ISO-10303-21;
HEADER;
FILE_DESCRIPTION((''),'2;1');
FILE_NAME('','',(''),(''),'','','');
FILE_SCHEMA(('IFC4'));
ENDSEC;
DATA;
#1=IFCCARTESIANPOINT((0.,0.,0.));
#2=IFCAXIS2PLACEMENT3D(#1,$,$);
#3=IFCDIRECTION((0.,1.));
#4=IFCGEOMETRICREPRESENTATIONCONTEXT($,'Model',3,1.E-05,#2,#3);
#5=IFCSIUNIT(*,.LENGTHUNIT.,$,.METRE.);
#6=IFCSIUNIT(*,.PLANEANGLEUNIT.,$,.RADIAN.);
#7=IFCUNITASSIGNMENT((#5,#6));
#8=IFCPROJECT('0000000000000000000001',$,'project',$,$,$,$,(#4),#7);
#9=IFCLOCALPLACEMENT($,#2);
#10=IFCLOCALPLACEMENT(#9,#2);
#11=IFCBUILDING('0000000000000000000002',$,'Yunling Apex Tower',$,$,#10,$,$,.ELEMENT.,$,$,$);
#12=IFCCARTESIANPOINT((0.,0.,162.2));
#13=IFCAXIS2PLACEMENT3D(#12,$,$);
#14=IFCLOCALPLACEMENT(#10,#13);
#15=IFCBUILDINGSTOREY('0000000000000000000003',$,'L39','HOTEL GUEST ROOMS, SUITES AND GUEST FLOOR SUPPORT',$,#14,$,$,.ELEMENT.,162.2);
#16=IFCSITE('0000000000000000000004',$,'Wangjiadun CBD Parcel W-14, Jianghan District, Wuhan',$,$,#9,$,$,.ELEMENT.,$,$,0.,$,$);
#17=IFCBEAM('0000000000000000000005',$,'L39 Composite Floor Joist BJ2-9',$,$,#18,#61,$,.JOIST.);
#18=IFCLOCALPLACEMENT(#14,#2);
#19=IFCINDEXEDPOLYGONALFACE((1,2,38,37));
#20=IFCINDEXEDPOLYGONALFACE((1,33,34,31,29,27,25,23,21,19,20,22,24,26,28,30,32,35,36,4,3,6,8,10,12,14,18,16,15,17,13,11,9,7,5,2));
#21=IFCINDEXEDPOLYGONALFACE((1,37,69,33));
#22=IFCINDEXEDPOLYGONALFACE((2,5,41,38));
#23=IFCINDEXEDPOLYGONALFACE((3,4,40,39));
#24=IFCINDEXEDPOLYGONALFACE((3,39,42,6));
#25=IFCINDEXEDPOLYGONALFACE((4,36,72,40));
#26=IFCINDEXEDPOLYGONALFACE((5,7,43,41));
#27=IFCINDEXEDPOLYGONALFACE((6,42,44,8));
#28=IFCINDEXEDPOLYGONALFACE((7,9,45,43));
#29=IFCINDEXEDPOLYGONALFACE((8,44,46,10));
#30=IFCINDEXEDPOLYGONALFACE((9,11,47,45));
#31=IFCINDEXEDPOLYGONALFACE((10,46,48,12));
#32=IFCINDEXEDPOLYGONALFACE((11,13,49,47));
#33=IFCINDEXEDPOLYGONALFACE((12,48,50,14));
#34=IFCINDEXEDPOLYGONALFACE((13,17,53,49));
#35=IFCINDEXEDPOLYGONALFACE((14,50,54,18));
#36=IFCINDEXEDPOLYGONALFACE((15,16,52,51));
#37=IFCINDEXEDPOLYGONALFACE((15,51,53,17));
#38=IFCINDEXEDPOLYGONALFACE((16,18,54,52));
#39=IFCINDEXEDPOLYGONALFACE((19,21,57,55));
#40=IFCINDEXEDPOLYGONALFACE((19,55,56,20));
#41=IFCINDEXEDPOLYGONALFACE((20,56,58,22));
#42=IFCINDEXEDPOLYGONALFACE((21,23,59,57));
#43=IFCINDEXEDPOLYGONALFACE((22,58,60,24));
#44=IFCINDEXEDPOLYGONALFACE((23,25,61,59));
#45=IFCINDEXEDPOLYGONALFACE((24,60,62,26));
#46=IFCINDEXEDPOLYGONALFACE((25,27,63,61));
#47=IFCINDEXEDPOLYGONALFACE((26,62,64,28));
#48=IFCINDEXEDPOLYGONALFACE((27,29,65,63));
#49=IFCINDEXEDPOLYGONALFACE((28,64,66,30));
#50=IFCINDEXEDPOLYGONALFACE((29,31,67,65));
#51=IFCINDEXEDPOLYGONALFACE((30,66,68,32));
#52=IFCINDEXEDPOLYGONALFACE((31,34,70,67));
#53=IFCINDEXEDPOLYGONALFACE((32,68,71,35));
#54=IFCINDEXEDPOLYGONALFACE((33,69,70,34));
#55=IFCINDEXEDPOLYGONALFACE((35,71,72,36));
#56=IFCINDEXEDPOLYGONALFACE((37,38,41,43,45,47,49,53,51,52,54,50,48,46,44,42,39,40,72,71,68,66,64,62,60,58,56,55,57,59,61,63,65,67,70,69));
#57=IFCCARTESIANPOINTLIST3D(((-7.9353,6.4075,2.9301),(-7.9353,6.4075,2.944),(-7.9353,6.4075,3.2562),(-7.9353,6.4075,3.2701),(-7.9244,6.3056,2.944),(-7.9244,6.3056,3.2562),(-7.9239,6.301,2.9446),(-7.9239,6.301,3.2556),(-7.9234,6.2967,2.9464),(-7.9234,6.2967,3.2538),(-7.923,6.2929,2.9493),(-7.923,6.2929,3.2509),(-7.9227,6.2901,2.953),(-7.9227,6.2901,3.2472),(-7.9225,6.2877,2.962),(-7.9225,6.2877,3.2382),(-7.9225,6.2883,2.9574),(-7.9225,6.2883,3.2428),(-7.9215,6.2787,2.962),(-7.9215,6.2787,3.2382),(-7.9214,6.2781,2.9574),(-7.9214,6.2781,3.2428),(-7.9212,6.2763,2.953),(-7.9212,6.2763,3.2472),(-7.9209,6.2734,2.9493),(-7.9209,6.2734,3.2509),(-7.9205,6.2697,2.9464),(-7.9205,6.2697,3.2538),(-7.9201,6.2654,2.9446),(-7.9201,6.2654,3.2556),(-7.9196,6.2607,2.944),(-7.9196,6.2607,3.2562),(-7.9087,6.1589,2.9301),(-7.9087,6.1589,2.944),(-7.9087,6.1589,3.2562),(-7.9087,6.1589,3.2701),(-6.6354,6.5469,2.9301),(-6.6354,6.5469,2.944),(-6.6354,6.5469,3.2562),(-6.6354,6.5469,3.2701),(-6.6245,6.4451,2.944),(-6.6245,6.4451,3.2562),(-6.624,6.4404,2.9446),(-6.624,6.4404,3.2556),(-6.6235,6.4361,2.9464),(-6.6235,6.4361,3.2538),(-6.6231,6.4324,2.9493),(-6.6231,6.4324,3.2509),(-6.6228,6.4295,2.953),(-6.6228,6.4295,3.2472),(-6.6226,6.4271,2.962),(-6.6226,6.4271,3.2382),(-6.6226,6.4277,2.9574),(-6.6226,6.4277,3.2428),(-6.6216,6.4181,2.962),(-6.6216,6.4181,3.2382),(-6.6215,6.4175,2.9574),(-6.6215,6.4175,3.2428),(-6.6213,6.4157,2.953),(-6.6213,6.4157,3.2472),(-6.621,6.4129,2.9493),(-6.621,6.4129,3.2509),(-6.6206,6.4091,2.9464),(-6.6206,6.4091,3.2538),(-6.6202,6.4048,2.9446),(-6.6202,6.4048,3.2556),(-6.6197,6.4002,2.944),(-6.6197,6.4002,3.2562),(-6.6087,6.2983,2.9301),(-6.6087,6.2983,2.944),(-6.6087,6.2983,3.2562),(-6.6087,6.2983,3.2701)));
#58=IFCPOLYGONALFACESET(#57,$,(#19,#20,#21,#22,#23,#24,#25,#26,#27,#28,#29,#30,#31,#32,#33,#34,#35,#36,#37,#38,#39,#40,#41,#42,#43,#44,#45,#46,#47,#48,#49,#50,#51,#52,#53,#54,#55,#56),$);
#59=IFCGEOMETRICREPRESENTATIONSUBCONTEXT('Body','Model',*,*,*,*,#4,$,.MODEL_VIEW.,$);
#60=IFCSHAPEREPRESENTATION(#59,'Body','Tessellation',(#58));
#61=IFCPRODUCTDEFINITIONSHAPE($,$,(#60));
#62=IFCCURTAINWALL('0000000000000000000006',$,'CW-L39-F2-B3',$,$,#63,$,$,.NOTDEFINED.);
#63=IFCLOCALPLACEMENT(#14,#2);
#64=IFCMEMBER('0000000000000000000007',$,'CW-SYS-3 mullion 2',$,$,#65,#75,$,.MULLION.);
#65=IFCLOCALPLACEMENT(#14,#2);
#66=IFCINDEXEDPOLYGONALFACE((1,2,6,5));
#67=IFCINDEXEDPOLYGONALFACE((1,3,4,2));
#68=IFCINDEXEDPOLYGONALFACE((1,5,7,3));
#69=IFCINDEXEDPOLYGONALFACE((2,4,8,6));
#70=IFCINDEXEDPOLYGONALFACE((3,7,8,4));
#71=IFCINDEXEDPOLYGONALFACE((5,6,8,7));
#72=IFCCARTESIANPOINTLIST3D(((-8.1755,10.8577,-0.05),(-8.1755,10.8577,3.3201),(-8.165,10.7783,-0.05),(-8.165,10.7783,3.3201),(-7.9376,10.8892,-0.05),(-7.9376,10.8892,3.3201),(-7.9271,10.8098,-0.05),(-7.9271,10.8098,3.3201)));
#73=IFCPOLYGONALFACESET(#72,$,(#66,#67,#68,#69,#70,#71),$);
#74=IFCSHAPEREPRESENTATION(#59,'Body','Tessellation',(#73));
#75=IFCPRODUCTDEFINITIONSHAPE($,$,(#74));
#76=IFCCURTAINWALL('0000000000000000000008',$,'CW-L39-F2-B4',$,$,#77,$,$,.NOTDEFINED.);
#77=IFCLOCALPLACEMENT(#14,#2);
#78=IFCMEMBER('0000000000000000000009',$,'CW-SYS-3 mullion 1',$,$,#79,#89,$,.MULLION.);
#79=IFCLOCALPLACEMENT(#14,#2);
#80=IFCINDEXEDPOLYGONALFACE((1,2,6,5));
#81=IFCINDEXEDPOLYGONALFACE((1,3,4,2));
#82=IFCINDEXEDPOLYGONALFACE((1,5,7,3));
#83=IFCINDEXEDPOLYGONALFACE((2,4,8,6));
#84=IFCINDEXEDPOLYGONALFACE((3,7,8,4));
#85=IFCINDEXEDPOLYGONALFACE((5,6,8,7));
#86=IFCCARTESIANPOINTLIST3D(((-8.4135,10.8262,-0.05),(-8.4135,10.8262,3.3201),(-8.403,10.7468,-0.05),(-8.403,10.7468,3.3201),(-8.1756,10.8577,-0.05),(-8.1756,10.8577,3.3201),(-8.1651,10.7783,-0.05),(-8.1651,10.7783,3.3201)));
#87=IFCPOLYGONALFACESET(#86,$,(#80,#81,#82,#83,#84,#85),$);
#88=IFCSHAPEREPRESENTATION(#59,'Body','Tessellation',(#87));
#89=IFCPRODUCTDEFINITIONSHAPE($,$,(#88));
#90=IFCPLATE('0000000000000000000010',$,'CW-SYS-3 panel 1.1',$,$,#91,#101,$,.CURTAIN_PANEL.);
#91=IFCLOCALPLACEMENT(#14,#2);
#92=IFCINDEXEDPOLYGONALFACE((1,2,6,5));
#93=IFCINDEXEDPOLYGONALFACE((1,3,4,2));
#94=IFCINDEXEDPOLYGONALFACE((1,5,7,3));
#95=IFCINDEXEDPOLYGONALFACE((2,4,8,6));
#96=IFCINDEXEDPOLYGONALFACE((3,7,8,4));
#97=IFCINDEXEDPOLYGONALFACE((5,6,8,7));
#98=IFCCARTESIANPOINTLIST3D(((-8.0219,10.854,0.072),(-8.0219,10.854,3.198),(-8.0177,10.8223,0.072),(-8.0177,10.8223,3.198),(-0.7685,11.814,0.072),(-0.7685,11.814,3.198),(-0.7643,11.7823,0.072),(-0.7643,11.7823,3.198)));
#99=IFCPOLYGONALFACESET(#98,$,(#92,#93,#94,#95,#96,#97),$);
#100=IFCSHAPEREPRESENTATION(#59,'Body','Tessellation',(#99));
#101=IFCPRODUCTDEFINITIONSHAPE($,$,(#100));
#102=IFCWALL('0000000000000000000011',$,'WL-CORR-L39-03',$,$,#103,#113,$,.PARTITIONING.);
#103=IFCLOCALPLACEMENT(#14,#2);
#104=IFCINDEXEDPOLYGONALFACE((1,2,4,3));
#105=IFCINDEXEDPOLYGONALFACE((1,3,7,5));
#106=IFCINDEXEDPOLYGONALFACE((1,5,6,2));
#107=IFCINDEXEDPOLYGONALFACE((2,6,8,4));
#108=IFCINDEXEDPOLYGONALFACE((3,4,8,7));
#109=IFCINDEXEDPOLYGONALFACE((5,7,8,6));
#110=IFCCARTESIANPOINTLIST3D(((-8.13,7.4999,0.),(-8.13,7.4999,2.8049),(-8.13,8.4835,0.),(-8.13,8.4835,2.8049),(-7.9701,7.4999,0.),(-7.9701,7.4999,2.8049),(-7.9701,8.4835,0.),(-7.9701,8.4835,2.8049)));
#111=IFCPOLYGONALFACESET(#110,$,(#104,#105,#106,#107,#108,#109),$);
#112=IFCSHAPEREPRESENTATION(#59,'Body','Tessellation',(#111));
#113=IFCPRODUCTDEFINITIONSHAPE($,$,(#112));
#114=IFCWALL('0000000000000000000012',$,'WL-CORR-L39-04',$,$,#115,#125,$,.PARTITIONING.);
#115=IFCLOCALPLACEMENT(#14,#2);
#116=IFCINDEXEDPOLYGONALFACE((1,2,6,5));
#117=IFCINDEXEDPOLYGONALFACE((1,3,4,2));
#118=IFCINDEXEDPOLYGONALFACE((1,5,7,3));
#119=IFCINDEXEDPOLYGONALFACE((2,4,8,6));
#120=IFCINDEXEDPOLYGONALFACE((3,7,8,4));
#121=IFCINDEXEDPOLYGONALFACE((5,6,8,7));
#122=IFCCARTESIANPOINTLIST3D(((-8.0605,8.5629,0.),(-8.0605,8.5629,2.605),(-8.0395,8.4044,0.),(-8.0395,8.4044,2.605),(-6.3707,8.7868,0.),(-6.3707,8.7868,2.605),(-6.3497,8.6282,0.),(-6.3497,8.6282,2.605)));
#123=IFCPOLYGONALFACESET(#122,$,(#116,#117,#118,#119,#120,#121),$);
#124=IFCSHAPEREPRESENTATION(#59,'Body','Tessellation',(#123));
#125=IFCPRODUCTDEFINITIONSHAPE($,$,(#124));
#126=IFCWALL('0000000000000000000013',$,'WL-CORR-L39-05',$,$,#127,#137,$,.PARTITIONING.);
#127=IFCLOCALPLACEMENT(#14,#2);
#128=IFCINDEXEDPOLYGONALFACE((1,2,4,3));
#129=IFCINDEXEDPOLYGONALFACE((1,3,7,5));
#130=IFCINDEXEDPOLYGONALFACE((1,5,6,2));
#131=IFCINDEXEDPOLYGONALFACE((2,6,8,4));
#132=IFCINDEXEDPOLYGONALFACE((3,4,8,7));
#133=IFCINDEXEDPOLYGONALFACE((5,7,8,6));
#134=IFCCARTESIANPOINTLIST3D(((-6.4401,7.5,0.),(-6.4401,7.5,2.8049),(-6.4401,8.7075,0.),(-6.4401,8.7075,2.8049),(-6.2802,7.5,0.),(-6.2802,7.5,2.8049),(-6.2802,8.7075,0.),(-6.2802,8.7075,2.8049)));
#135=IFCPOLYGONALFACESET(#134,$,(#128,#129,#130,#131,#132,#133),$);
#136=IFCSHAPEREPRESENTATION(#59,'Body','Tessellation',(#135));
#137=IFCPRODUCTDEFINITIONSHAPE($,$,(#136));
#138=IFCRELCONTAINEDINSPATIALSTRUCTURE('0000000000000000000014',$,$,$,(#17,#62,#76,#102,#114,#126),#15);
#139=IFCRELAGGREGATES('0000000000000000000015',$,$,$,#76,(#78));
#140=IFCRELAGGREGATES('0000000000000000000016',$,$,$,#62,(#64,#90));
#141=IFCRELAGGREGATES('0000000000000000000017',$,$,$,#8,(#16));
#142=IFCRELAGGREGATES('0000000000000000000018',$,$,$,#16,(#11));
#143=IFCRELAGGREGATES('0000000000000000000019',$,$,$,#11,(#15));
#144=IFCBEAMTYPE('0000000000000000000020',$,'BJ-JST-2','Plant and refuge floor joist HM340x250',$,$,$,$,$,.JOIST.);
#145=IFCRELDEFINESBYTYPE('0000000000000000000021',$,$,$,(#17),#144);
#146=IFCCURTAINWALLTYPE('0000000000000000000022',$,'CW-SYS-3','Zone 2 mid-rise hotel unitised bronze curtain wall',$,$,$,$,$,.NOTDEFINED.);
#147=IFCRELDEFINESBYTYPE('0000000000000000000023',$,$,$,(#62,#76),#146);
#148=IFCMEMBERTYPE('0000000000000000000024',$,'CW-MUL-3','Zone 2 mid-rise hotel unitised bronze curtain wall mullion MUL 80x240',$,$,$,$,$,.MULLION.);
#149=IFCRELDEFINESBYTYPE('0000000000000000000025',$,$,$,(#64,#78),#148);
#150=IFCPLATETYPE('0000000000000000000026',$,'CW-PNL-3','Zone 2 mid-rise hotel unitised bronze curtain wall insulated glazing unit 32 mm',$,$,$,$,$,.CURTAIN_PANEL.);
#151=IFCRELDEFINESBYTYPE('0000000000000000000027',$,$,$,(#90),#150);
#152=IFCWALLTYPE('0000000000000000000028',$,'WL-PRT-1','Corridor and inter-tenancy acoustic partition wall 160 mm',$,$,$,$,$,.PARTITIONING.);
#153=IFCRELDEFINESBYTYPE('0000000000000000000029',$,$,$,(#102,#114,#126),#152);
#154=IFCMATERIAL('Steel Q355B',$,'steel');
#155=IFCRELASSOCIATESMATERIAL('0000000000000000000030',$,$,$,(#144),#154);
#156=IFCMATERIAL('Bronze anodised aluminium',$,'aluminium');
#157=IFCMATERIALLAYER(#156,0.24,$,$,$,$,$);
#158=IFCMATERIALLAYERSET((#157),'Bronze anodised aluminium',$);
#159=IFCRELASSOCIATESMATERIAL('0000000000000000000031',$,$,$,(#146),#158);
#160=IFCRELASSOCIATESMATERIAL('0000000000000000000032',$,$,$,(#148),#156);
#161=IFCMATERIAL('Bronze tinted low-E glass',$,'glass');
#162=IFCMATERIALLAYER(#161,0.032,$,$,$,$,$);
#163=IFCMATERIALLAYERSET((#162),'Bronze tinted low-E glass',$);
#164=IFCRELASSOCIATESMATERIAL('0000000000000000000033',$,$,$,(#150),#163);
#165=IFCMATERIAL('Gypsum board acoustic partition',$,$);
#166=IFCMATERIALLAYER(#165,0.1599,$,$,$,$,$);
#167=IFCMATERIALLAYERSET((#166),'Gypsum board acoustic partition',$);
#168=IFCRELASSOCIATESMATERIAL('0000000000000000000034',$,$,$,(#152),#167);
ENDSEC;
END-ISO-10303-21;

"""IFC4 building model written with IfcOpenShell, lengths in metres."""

from ifc_helpers import new_model, si_unit, direction, frame, frame_2d, origin, origin_2d, place, context, subcontext, project, spatial, rectangle, i_section, extrude, source, transform, mapped, material, layer, layer_set, material_profile, profile_set, type_object, element, aggregate, save


model = new_model("IFC4")

# Units and contexts
model_context = context("Model", 3, precision=1e-05, world=origin(), true_north=direction((0.0, 1.0)))
body_context = subcontext(model_context, "Body", "Model", "MODEL_VIEW")
ifc_project = project(units=[si_unit("LENGTHUNIT", "METRE"), si_unit("PLANEANGLEUNIT", "RADIAN")], contexts=[model_context])

# Site, building, storey
site_placement = place(None, origin())
site = spatial("IfcSite", under=ifc_project, at=site_placement, Name="Wangjiadun CBD Parcel W-14, Jianghan District, Wuhan", CompositionType="ELEMENT", RefElevation=0.0)
building_placement = place(site_placement, origin())
building = spatial("IfcBuilding", under=site, at=building_placement, Name="Yunling Apex Tower", CompositionType="ELEMENT")
storey_placement = place(building_placement, frame((0.0, 0.0, 162.2)))
storey = spatial("IfcBuildingStorey", under=building, at=storey_placement, Name="L39", Description="HOTEL GUEST ROOMS, SUITES AND GUEST FLOOR SUPPORT", CompositionType="ELEMENT", Elevation=162.2)

# Beam
ifc_material_1 = material(Name="Steel Q355B", Category="steel")
ifc_material_profile_1 = material_profile(ifc_material_1, i_section(OverallWidth=0.25, OverallDepth=0.3401, WebThickness=0.009, FlangeThickness=0.0139, FilletRadius=0.0181, at=origin_2d()))
ifc_profile_set_1 = profile_set([ifc_material_profile_1], Name="Steel Q355B")
beam_type_1 = type_object("IfcBeamType", Name="BJ-JST-2", Description="Plant and refuge floor joist HM340x250", PredefinedType="JOIST", material=ifc_profile_set_1)
shared_shape_1 = source(origin(), body_context, "Body", "SweptSolid", [
    extrude(i_section(OverallWidth=0.25, OverallDepth=0.3401, WebThickness=0.009, FlangeThickness=0.0139, FilletRadius=0.0181, at=origin_2d()), origin(), (0.0, 0.0, 1.0), 1.3074),
])
beam_1_placement = place(storey_placement, frame((-6.6221, 6.4226, 3.1001), z_axis=(-0.994298, -0.106639, 0.0), x_axis=(0.106639, -0.994298, 0.0)))
element("IfcBeam", 1, at=beam_1_placement, inside=storey, type_object=beam_type_1, Name="L39 Composite Floor Joist BJ2-9", PredefinedType="JOIST", context=body_context, shape_type="MappedRepresentation", body=[
    mapped(shared_shape_1, transform((0.0, 0.0, 0.0), scale=1.0)),
])

# Curtain walls, members
ifc_material_2 = material(Name="Bronze anodised aluminium", Category="aluminium")
ifc_layer_1 = layer(ifc_material_2, 0.24)
ifc_layer_set_1 = layer_set([ifc_layer_1], Name="Bronze anodised aluminium")
curtain_wall_type = type_object("IfcCurtainWallType", Name="CW-SYS-3", Description="Zone 2 mid-rise hotel unitised bronze curtain wall", PredefinedType="NOTDEFINED", material=ifc_layer_set_1)
curtain_wall_1_placement = place(storey_placement, origin())
curtain_wall_1 = element("IfcCurtainWall", 2, at=curtain_wall_1_placement, inside=storey, type_object=curtain_wall_type, Name="CW-L39-F2-B3", PredefinedType="NOTDEFINED")
ifc_material_profile_2 = material_profile(ifc_material_2, rectangle(XDim=0.0801, YDim=0.24, at=origin_2d()))
ifc_profile_set_2 = profile_set([ifc_material_profile_2], Name="Bronze anodised aluminium")
member_type = type_object("IfcMemberType", Name="CW-MUL-3", Description="Zone 2 mid-rise hotel unitised bronze curtain wall mullion MUL 80x240", PredefinedType="MULLION", material=ifc_profile_set_2)
shared_shape_2 = source(origin(), body_context, "Body", "SweptSolid", [
    extrude(rectangle(XDim=0.0801, YDim=0.24, at=origin_2d()), origin(), (0.0, 0.0, 1.0), 3.3701),
])
member_1_placement = place(storey_placement, frame((-8.0513, 10.8337, -0.05), z_axis=(0.0, 0.0, 1.0), x_axis=(0.131209, -0.991355, 0.0)))
member_1 = element("IfcMember", 3, at=member_1_placement, type_object=member_type, Name="CW-SYS-3 mullion 2", PredefinedType="MULLION", context=body_context, shape_type="MappedRepresentation", body=[
    mapped(shared_shape_2, transform((0.0, 0.0, 0.0), scale=1.0)),
])
curtain_wall_2_placement = place(storey_placement, origin())
curtain_wall_2 = element("IfcCurtainWall", 4, at=curtain_wall_2_placement, inside=storey, type_object=curtain_wall_type, Name="CW-L39-F2-B4", PredefinedType="NOTDEFINED")
member_2_placement = place(storey_placement, frame((-8.2893, 10.8022, -0.05), z_axis=(0.0, 0.0, 1.0), x_axis=(0.131222, -0.991353, 0.0)))
member_2 = element("IfcMember", 5, at=member_2_placement, type_object=member_type, Name="CW-SYS-3 mullion 1", PredefinedType="MULLION", context=body_context, shape_type="MappedRepresentation", body=[
    mapped(shared_shape_2, transform((0.0, 0.0, 0.0), scale=1.0)),
])
aggregate(curtain_wall_2, [member_2])

# Plate
ifc_material_3 = material(Name="Bronze tinted low-E glass", Category="glass")
ifc_layer_2 = layer(ifc_material_3, 0.032)
ifc_layer_set_2 = layer_set([ifc_layer_2], Name="Bronze tinted low-E glass")
plate_type = type_object("IfcPlateType", Name="CW-PNL-3", Description="Zone 2 mid-rise hotel unitised bronze curtain wall insulated glazing unit 32 mm", PredefinedType="CURTAIN_PANEL", material=ifc_layer_set_2)
shared_shape_3 = source(origin(), body_context, "Body", "SweptSolid", [
    extrude(rectangle(XDim=7.3167, YDim=0.032, at=origin_2d()), origin(), (0.0, 0.0, 1.0), 3.126),
])
plate_placement = place(storey_placement, frame((-4.3931, 11.3181, 0.072), z_axis=(0.0, 0.0, 1.0), x_axis=(-0.991355, -0.131209, 0.0)))
plate = element("IfcPlate", 6, at=plate_placement, type_object=plate_type, Name="CW-SYS-3 panel 1.1", PredefinedType="CURTAIN_PANEL", context=body_context, shape_type="MappedRepresentation", body=[
    mapped(shared_shape_3, transform((0.0, 0.0, 0.0), scale=1.0)),
])
aggregate(curtain_wall_1, [member_1, plate])

# Walls
ifc_material_4 = material(Name="Gypsum board acoustic partition")
ifc_layer_3 = layer(ifc_material_4, 0.1599)
ifc_layer_set_3 = layer_set([ifc_layer_3], Name="Gypsum board acoustic partition")
wall_type_1 = type_object("IfcWallType", Name="WL-PRT-1", Description="Corridor and inter-tenancy acoustic partition wall 160 mm", PredefinedType="PARTITIONING", material=ifc_layer_set_3)
wall_1_placement = place(storey_placement, frame((-8.05, 7.5, 0.0), z_axis=(0.0, 0.0, 1.0), x_axis=(0.0, 1.0, 0.0)))
element("IfcWall", 7, at=wall_1_placement, inside=storey, type_object=wall_type_1, Name="WL-CORR-L39-03", PredefinedType="PARTITIONING", context=body_context, shape_type="SweptSolid", body=[
    extrude(rectangle(XDim=0.9836, YDim=0.1599, at=frame_2d((0.4917, 0.0))), origin(), (0.0, 0.0, 1.0), 2.8049),
])
wall_2_placement = place(storey_placement, frame((-8.05, 8.4836, 0.0), z_axis=(0.0, 0.0, 1.0), x_axis=(0.991339, 0.131329, 0.0)))
element("IfcWall", 8, at=wall_2_placement, inside=storey, type_object=wall_type_1, Name="WL-CORR-L39-04", PredefinedType="PARTITIONING", context=body_context, shape_type="SweptSolid", body=[
    extrude(rectangle(XDim=1.7046, YDim=0.1599, at=frame_2d((0.8523, 0.0))), origin(), (0.0, 0.0, 1.0), 2.605),
])
wall_3_placement = place(storey_placement, frame((-6.3601, 8.7075, 0.0), z_axis=(0.0, 0.0, 1.0), x_axis=(0.0, -1.0, 0.0)))
element("IfcWall", 9, at=wall_3_placement, inside=storey, type_object=wall_type_1, Name="WL-CORR-L39-05", PredefinedType="PARTITIONING", context=body_context, shape_type="SweptSolid", body=[
    extrude(rectangle(XDim=1.2075, YDim=0.1599, at=frame_2d((0.6038, 0.0))), origin(), (0.0, 0.0, 1.0), 2.8049),
])

save(model, "model.ifc")
